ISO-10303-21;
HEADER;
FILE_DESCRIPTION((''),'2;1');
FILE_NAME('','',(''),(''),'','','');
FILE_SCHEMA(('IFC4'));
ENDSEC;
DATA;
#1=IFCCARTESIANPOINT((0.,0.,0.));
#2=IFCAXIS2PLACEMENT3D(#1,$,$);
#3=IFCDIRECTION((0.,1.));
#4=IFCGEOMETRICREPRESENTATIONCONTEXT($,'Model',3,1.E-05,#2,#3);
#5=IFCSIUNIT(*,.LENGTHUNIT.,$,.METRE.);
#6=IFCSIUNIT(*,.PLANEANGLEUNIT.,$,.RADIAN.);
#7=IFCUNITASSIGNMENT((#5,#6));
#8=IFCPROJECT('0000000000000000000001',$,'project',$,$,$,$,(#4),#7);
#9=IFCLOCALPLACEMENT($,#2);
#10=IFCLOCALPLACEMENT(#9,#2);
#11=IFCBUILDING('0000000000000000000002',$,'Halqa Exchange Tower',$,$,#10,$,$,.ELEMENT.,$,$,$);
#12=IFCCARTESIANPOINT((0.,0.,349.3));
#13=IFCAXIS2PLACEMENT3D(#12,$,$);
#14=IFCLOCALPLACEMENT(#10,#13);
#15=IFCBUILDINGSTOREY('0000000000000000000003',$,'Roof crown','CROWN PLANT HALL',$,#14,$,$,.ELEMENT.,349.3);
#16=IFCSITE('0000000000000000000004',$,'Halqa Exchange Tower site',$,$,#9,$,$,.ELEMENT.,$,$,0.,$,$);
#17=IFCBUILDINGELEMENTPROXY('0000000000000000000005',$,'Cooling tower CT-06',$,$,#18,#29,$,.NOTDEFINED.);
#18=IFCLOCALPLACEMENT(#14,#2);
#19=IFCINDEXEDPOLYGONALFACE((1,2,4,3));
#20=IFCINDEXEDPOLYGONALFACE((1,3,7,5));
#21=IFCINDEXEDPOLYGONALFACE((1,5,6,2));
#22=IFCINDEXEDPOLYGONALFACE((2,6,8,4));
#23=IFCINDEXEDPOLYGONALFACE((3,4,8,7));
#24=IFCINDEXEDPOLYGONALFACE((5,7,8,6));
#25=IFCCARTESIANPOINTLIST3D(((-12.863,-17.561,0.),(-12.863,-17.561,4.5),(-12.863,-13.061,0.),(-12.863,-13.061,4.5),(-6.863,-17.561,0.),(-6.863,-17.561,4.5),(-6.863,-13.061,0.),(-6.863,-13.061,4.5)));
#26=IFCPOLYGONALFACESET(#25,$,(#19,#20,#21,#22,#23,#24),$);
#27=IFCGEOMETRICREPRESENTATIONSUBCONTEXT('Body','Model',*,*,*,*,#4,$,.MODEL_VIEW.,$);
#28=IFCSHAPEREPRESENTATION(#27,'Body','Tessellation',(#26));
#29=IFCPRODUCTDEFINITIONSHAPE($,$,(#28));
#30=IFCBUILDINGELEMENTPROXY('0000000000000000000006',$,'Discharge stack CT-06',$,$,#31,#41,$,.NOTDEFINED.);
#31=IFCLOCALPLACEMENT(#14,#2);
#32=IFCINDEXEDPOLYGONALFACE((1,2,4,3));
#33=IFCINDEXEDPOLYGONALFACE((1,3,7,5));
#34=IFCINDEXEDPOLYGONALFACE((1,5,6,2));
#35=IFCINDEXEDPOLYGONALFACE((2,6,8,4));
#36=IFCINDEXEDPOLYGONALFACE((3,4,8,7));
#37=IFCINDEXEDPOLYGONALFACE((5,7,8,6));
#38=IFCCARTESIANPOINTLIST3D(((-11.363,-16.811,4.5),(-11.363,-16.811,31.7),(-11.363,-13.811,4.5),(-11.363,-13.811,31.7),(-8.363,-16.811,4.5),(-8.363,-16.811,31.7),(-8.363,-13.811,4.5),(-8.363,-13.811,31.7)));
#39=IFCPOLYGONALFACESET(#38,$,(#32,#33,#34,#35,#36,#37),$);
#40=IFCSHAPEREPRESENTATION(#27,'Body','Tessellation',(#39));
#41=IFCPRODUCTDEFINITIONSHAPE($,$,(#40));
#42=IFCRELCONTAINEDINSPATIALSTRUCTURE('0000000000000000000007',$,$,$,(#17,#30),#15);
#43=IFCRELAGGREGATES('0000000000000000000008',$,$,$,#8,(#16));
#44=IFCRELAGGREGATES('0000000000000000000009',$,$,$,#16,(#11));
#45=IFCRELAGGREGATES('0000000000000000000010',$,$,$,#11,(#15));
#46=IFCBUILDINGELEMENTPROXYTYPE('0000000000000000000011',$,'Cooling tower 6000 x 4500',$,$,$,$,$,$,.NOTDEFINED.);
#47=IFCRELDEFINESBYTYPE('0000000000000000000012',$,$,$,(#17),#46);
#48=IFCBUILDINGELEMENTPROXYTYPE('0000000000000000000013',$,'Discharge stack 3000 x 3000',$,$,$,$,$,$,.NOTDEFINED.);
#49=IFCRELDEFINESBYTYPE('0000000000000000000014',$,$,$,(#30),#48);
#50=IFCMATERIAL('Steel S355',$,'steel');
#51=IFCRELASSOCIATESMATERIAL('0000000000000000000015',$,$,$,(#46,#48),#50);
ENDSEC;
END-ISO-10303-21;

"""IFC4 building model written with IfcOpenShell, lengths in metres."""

from ifc_helpers import new_model, si_unit, direction, frame, origin, origin_2d, place, context, subcontext, project, spatial, rectangle, extrude, material, type_object, element, save


model = new_model("IFC4")

# Units and contexts
model_context = context("Model", 3, precision=1e-05, world=origin(), true_north=direction((0.0, 1.0)))
body_context = subcontext(model_context, "Body", "Model", "MODEL_VIEW")
ifc_project = project(units=[si_unit("LENGTHUNIT", "METRE"), si_unit("PLANEANGLEUNIT", "RADIAN")], contexts=[model_context])

# Site, building, storey
site_placement = place(None, origin())
site = spatial("IfcSite", under=ifc_project, at=site_placement, Name="Halqa Exchange Tower site", CompositionType="ELEMENT", RefElevation=0.0)
building_placement = place(site_placement, origin())
building = spatial("IfcBuilding", under=site, at=building_placement, Name="Halqa Exchange Tower", CompositionType="ELEMENT")
storey_placement = place(building_placement, frame((0.0, 0.0, 349.3)))
storey = spatial("IfcBuildingStorey", under=building, at=storey_placement, Name="Roof crown", Description="CROWN PLANT HALL", CompositionType="ELEMENT", Elevation=349.3)

# Shared definitions
ifc_material_1 = material(Name="Steel S355", Category="steel")

# Building element proxies
building_element_proxy_type_1 = type_object("IfcBuildingElementProxyType", Name="Cooling tower 6000 x 4500", PredefinedType="NOTDEFINED", material=ifc_material_1)
proxy_1_placement = place(storey_placement, frame((-9.863, -15.311, 0.0), z_axis=(0.0, 0.0, 1.0), x_axis=(1.0, 0.0, 0.0)))
element("IfcBuildingElementProxy", 1, at=proxy_1_placement, inside=storey, type_object=building_element_proxy_type_1, Name="Cooling tower CT-06", PredefinedType="NOTDEFINED", context=body_context, shape_type="SweptSolid", body=[
    extrude(rectangle(XDim=6.0, YDim=4.5, at=origin_2d()), origin(), (0.0, 0.0, 1.0), 4.5),
])
building_element_proxy_type_2 = type_object("IfcBuildingElementProxyType", Name="Discharge stack 3000 x 3000", PredefinedType="NOTDEFINED", material=ifc_material_1)
proxy_2_placement = place(storey_placement, frame((-9.863, -15.311, 4.5), z_axis=(0.0, 0.0, 1.0), x_axis=(1.0, 0.0, 0.0)))
element("IfcBuildingElementProxy", 2, at=proxy_2_placement, inside=storey, type_object=building_element_proxy_type_2, Name="Discharge stack CT-06", PredefinedType="NOTDEFINED", context=body_context, shape_type="SweptSolid", body=[
    extrude(rectangle(XDim=3.0, YDim=3.0, at=origin_2d()), origin(), (0.0, 0.0, 1.0), 27.2),
])

save(model, "model.ifc")
